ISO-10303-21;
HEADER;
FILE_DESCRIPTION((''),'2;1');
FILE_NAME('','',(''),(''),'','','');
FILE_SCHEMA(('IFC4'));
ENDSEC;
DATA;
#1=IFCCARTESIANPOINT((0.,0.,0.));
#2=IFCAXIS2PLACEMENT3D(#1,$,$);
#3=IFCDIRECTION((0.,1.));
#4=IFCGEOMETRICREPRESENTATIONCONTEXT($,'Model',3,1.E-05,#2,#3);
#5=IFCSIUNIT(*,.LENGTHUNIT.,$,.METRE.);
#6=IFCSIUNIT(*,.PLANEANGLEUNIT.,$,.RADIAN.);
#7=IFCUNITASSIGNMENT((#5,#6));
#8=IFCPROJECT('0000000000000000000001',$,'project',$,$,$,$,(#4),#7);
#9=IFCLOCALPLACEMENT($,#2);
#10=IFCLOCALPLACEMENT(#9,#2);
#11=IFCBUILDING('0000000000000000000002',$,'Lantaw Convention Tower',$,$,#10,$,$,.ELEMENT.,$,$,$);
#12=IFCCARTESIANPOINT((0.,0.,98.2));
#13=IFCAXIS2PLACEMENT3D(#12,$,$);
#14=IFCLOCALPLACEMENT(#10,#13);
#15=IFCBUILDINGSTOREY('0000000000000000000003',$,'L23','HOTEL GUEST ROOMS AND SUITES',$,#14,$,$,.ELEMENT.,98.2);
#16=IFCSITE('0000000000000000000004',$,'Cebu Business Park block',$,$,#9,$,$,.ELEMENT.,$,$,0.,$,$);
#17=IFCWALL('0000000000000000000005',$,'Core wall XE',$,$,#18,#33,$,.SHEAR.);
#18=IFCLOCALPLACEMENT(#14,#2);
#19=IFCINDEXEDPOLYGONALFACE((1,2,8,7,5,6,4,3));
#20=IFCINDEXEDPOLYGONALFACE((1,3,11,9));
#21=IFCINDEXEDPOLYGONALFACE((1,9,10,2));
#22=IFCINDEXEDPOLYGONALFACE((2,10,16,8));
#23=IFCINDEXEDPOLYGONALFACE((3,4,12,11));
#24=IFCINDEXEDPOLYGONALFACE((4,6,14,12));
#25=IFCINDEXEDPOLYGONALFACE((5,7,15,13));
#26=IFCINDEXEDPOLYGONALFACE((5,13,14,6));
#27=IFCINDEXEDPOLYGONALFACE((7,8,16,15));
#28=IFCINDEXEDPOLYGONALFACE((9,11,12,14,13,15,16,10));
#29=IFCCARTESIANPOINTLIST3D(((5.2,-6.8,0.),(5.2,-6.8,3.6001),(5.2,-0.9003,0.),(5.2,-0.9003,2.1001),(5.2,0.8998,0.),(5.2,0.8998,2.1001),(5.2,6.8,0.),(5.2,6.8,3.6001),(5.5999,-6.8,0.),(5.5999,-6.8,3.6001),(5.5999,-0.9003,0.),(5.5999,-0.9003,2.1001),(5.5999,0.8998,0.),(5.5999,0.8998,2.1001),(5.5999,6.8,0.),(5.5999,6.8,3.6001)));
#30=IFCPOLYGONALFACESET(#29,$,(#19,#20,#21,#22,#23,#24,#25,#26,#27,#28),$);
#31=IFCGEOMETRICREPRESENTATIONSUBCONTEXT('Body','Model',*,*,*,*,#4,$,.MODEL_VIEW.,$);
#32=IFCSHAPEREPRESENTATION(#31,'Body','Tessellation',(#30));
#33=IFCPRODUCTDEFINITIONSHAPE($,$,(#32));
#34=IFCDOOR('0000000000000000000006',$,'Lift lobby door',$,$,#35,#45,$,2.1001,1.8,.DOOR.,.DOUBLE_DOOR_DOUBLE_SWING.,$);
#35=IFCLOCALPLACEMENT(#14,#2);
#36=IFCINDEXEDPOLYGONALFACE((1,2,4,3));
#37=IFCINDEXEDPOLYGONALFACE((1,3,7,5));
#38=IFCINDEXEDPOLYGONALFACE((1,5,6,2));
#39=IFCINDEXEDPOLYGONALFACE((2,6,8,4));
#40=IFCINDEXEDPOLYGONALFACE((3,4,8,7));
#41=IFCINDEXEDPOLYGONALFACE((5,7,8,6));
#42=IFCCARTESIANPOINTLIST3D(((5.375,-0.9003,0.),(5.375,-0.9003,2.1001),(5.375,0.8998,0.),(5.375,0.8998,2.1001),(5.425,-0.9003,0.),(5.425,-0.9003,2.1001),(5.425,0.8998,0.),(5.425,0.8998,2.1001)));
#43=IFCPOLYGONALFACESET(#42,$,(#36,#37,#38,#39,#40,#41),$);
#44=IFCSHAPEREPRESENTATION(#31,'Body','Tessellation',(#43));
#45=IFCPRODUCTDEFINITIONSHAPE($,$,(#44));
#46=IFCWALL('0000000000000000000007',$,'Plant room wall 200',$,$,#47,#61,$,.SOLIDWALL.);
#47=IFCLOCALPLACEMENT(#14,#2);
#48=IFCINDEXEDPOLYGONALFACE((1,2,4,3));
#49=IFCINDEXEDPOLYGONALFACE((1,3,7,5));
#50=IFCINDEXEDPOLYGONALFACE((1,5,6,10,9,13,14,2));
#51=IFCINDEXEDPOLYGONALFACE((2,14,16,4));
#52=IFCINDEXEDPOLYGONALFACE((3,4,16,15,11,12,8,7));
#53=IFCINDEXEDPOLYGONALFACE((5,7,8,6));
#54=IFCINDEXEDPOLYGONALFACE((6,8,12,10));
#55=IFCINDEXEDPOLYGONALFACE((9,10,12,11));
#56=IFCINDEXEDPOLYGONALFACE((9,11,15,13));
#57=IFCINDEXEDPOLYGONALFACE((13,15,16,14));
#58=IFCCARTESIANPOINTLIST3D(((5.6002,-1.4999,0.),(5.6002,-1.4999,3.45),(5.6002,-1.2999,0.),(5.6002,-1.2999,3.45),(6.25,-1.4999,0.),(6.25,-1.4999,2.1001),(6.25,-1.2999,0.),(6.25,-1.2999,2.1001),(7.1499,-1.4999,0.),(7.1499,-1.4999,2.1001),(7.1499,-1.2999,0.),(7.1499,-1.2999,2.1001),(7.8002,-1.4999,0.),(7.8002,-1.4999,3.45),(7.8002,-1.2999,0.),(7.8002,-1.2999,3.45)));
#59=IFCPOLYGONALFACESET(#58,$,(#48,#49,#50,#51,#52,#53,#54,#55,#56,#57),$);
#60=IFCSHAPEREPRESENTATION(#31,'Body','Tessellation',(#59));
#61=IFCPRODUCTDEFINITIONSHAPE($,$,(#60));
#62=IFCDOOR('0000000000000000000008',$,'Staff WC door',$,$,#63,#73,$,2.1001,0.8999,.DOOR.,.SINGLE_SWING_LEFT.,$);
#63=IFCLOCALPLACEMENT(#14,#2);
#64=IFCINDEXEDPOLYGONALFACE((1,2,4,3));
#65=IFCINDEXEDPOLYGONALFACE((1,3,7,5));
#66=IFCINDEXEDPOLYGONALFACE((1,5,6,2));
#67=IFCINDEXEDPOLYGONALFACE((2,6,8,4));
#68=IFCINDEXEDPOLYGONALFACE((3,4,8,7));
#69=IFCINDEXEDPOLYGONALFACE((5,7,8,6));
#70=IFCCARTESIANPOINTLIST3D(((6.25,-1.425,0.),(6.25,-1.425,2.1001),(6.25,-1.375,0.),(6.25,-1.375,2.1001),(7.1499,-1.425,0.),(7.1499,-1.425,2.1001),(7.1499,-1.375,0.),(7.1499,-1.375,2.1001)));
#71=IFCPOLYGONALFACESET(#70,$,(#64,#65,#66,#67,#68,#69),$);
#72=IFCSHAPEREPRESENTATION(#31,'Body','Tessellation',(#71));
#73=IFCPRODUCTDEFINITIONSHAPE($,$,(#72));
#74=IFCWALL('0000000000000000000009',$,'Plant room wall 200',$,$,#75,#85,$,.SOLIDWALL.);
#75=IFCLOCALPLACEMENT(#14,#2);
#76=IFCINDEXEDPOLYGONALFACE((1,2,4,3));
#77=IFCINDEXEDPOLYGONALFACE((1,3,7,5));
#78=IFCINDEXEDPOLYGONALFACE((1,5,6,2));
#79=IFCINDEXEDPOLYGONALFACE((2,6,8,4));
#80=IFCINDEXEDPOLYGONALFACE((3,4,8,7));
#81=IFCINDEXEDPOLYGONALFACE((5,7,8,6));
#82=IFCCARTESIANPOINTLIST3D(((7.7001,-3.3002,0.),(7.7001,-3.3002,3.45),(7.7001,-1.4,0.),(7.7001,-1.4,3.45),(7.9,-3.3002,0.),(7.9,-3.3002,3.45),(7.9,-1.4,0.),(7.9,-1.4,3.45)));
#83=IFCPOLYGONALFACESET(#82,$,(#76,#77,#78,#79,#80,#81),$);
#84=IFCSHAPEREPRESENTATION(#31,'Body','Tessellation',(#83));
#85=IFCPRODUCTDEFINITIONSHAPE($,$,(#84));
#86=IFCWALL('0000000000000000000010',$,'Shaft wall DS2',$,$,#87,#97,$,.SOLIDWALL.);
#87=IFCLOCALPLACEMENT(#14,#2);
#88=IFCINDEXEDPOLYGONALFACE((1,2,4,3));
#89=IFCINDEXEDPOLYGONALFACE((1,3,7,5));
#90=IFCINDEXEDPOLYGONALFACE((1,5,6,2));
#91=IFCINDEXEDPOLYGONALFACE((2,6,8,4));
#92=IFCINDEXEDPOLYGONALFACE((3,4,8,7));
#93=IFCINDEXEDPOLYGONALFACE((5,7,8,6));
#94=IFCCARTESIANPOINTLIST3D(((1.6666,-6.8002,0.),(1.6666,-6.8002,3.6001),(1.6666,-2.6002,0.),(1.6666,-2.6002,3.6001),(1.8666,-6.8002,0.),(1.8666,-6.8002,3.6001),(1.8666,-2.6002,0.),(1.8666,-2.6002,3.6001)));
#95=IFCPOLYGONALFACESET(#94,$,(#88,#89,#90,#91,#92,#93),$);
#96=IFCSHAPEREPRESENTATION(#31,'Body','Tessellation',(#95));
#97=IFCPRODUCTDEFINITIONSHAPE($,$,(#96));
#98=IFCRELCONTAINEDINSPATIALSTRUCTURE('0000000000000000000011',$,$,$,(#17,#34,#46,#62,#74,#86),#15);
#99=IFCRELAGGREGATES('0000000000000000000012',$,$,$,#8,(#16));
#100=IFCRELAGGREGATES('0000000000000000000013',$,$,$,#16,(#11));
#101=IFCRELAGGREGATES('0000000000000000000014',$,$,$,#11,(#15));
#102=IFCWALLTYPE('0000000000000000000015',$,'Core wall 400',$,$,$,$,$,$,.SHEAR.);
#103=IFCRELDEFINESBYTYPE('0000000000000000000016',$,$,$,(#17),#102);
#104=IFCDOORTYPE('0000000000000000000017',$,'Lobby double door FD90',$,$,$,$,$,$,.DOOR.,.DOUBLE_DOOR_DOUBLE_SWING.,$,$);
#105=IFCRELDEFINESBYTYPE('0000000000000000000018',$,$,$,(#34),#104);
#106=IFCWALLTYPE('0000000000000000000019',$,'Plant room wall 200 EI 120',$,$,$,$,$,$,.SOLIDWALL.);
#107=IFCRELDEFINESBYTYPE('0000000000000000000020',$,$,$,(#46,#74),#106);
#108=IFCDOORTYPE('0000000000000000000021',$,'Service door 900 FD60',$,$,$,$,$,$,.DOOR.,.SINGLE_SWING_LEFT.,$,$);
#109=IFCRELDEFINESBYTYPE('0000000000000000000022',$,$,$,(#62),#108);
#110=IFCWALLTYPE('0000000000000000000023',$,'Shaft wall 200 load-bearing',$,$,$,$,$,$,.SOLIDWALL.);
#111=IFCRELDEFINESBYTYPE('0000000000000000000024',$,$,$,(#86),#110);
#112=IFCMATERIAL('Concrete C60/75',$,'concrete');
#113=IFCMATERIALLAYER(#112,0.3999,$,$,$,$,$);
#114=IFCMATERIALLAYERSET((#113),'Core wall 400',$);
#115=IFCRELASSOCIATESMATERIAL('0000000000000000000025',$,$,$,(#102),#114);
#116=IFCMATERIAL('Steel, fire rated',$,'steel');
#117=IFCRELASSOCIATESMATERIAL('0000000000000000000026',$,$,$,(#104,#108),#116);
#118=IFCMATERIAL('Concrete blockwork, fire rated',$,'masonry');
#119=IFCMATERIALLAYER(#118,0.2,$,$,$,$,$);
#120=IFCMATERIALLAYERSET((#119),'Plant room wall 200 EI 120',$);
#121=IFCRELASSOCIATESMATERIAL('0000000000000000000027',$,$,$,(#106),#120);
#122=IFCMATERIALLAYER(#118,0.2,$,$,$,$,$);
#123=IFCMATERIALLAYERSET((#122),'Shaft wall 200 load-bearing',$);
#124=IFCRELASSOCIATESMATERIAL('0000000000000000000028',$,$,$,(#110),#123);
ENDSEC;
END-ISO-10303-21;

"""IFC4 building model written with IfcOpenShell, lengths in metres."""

from ifc_helpers import new_model, si_unit, direction, frame, frame_2d, origin, place, context, subcontext, project, spatial, rectangle, extrude, material, layer, layer_set, type_object, element, fill, save


model = new_model("IFC4")

# Units and contexts
model_context = context("Model", 3, precision=1e-05, world=origin(), true_north=direction((0.0, 1.0)))
body_context = subcontext(model_context, "Body", "Model", "MODEL_VIEW")
ifc_project = project(units=[si_unit("LENGTHUNIT", "METRE"), si_unit("PLANEANGLEUNIT", "RADIAN")], contexts=[model_context])

# Site, building, storey
site_placement = place(None, origin())
site = spatial("IfcSite", under=ifc_project, at=site_placement, Name="Cebu Business Park block", CompositionType="ELEMENT", RefElevation=0.0)
building_placement = place(site_placement, origin())
building = spatial("IfcBuilding", under=site, at=building_placement, Name="Lantaw Convention Tower", CompositionType="ELEMENT")
storey_placement = place(building_placement, frame((0.0, 0.0, 98.2)))
storey = spatial("IfcBuildingStorey", under=building, at=storey_placement, Name="L23", Description="HOTEL GUEST ROOMS AND SUITES", CompositionType="ELEMENT", Elevation=98.2)

# Walls, openings, doors
ifc_material_1 = material(Name="Concrete C60/75", Category="concrete")
ifc_material_2 = material(Name="Steel, fire rated", Category="steel")
ifc_layer_1 = layer(ifc_material_1, 0.3999)
ifc_layer_set_1 = layer_set([ifc_layer_1], Name="Core wall 400")
wall_type_1 = type_object("IfcWallType", Name="Core wall 400", PredefinedType="SHEAR", material=ifc_layer_set_1)
wall_1_placement = place(storey_placement, frame((5.3999, -6.8, 0.0), z_axis=(0.0, 0.0, 1.0), x_axis=(0.0, 1.0, 0.0)))
wall_1 = element("IfcWall", 1, at=wall_1_placement, inside=storey, type_object=wall_type_1, Name="Core wall XE", PredefinedType="SHEAR", context=body_context, shape_type="SweptSolid", body=[
    extrude(rectangle(XDim=13.6001, YDim=0.3999, at=frame_2d((6.8, 0.0))), origin(), (0.0, 0.0, 1.0), 3.6001),
])
opening_1_placement = place(wall_1_placement, frame((5.8999, 0.0, 0.0)))
opening_1 = element("IfcOpeningElement", 2, at=opening_1_placement, cuts=wall_1, PredefinedType="OPENING", context=body_context, shape_type="SweptSolid", body=[
    extrude(rectangle(XDim=1.8, YDim=2.1001, at=frame_2d((0.8999, 1.05))), frame((0.0, 0.21, 0.0), z_axis=(0.0, -1.0, 0.0), x_axis=(1.0, 0.0, 0.0)), (0.0, 0.0, 1.0), 0.4199),
])
door_type_1 = type_object("IfcDoorType", Name="Lobby double door FD90", OperationType="DOUBLE_DOOR_DOUBLE_SWING", PredefinedType="DOOR", material=ifc_material_2)
door_1_placement = place(opening_1_placement, origin())
door_1 = element("IfcDoor", 3, at=door_1_placement, inside=storey, type_object=door_type_1, Name="Lift lobby door", OperationType="DOUBLE_DOOR_DOUBLE_SWING", OverallHeight=2.1001, OverallWidth=1.8, PredefinedType="DOOR", context=body_context, shape_type="SweptSolid", body=[
    extrude(rectangle(XDim=1.8, YDim=2.1001, at=frame_2d((0.8999, 1.05))), frame((0.0, 0.0249, 0.0), z_axis=(0.0, -1.0, 0.0), x_axis=(1.0, 0.0, 0.0)), (0.0, 0.0, 1.0), 0.05),
])
fill(opening_1, door_1)
ifc_material_3 = material(Name="Concrete blockwork, fire rated", Category="masonry")
ifc_layer_2 = layer(ifc_material_3, 0.2)
ifc_layer_set_2 = layer_set([ifc_layer_2], Name="Plant room wall 200 EI 120")
wall_type_2 = type_object("IfcWallType", Name="Plant room wall 200 EI 120", PredefinedType="SOLIDWALL", material=ifc_layer_set_2)
wall_2_placement = place(storey_placement, frame((5.6001, -1.3999, 0.0), z_axis=(0.0, 0.0, 1.0), x_axis=(1.0, 0.0, 0.0)))
wall_2 = element("IfcWall", 4, at=wall_2_placement, inside=storey, type_object=wall_type_2, Name="Plant room wall 200", PredefinedType="SOLIDWALL", context=body_context, shape_type="SweptSolid", body=[
    extrude(rectangle(XDim=2.2, YDim=0.2, at=frame_2d((1.1001, 0.0))), origin(), (0.0, 0.0, 1.0), 3.45),
])
opening_2_placement = place(wall_2_placement, frame((0.6499, 0.0, 0.0)))
opening_2 = element("IfcOpeningElement", 5, at=opening_2_placement, cuts=wall_2, PredefinedType="OPENING", context=body_context, shape_type="SweptSolid", body=[
    extrude(rectangle(XDim=0.8999, YDim=2.1001, at=frame_2d((0.45, 1.05))), frame((0.0, 0.1099, 0.0), z_axis=(0.0, -1.0, 0.0), x_axis=(1.0, 0.0, 0.0)), (0.0, 0.0, 1.0), 0.22),
])
door_type_2 = type_object("IfcDoorType", Name="Service door 900 FD60", OperationType="SINGLE_SWING_LEFT", PredefinedType="DOOR", material=ifc_material_2)
door_2_placement = place(opening_2_placement, origin())
door_2 = element("IfcDoor", 6, at=door_2_placement, inside=storey, type_object=door_type_2, Name="Staff WC door", OperationType="SINGLE_SWING_LEFT", OverallHeight=2.1001, OverallWidth=0.8999, PredefinedType="DOOR", context=body_context, shape_type="SweptSolid", body=[
    extrude(rectangle(XDim=0.8999, YDim=2.1001, at=frame_2d((0.45, 1.05))), frame((0.0, 0.0249, 0.0), z_axis=(0.0, -1.0, 0.0), x_axis=(1.0, 0.0, 0.0)), (0.0, 0.0, 1.0), 0.05),
])
fill(opening_2, door_2)

# Walls
wall_3_placement = place(storey_placement, frame((7.8, -1.3999, 0.0), z_axis=(0.0, 0.0, 1.0), x_axis=(0.0, -1.0, 0.0)))
element("IfcWall", 7, at=wall_3_placement, inside=storey, type_object=wall_type_2, Name="Plant room wall 200", PredefinedType="SOLIDWALL", context=body_context, shape_type="SweptSolid", body=[
    extrude(rectangle(XDim=1.9001, YDim=0.2, at=frame_2d((0.9502, 0.0))), origin(), (0.0, 0.0, 1.0), 3.45),
])
ifc_layer_3 = layer(ifc_material_3, 0.2)
ifc_layer_set_3 = layer_set([ifc_layer_3], Name="Shaft wall 200 load-bearing")
wall_type_3 = type_object("IfcWallType", Name="Shaft wall 200 load-bearing", PredefinedType="SOLIDWALL", material=ifc_layer_set_3)
wall_4_placement = place(storey_placement, frame((1.7666, -2.6001, 0.0), z_axis=(0.0, 0.0, 1.0), x_axis=(0.0, -1.0, 0.0)))
element("IfcWall", 8, at=wall_4_placement, inside=storey, type_object=wall_type_3, Name="Shaft wall DS2", PredefinedType="SOLIDWALL", context=body_context, shape_type="SweptSolid", body=[
    extrude(rectangle(XDim=4.2, YDim=0.2, at=frame_2d((2.1001, 0.0))), origin(), (0.0, 0.0, 1.0), 3.6001),
])

save(model, "model.ifc")
